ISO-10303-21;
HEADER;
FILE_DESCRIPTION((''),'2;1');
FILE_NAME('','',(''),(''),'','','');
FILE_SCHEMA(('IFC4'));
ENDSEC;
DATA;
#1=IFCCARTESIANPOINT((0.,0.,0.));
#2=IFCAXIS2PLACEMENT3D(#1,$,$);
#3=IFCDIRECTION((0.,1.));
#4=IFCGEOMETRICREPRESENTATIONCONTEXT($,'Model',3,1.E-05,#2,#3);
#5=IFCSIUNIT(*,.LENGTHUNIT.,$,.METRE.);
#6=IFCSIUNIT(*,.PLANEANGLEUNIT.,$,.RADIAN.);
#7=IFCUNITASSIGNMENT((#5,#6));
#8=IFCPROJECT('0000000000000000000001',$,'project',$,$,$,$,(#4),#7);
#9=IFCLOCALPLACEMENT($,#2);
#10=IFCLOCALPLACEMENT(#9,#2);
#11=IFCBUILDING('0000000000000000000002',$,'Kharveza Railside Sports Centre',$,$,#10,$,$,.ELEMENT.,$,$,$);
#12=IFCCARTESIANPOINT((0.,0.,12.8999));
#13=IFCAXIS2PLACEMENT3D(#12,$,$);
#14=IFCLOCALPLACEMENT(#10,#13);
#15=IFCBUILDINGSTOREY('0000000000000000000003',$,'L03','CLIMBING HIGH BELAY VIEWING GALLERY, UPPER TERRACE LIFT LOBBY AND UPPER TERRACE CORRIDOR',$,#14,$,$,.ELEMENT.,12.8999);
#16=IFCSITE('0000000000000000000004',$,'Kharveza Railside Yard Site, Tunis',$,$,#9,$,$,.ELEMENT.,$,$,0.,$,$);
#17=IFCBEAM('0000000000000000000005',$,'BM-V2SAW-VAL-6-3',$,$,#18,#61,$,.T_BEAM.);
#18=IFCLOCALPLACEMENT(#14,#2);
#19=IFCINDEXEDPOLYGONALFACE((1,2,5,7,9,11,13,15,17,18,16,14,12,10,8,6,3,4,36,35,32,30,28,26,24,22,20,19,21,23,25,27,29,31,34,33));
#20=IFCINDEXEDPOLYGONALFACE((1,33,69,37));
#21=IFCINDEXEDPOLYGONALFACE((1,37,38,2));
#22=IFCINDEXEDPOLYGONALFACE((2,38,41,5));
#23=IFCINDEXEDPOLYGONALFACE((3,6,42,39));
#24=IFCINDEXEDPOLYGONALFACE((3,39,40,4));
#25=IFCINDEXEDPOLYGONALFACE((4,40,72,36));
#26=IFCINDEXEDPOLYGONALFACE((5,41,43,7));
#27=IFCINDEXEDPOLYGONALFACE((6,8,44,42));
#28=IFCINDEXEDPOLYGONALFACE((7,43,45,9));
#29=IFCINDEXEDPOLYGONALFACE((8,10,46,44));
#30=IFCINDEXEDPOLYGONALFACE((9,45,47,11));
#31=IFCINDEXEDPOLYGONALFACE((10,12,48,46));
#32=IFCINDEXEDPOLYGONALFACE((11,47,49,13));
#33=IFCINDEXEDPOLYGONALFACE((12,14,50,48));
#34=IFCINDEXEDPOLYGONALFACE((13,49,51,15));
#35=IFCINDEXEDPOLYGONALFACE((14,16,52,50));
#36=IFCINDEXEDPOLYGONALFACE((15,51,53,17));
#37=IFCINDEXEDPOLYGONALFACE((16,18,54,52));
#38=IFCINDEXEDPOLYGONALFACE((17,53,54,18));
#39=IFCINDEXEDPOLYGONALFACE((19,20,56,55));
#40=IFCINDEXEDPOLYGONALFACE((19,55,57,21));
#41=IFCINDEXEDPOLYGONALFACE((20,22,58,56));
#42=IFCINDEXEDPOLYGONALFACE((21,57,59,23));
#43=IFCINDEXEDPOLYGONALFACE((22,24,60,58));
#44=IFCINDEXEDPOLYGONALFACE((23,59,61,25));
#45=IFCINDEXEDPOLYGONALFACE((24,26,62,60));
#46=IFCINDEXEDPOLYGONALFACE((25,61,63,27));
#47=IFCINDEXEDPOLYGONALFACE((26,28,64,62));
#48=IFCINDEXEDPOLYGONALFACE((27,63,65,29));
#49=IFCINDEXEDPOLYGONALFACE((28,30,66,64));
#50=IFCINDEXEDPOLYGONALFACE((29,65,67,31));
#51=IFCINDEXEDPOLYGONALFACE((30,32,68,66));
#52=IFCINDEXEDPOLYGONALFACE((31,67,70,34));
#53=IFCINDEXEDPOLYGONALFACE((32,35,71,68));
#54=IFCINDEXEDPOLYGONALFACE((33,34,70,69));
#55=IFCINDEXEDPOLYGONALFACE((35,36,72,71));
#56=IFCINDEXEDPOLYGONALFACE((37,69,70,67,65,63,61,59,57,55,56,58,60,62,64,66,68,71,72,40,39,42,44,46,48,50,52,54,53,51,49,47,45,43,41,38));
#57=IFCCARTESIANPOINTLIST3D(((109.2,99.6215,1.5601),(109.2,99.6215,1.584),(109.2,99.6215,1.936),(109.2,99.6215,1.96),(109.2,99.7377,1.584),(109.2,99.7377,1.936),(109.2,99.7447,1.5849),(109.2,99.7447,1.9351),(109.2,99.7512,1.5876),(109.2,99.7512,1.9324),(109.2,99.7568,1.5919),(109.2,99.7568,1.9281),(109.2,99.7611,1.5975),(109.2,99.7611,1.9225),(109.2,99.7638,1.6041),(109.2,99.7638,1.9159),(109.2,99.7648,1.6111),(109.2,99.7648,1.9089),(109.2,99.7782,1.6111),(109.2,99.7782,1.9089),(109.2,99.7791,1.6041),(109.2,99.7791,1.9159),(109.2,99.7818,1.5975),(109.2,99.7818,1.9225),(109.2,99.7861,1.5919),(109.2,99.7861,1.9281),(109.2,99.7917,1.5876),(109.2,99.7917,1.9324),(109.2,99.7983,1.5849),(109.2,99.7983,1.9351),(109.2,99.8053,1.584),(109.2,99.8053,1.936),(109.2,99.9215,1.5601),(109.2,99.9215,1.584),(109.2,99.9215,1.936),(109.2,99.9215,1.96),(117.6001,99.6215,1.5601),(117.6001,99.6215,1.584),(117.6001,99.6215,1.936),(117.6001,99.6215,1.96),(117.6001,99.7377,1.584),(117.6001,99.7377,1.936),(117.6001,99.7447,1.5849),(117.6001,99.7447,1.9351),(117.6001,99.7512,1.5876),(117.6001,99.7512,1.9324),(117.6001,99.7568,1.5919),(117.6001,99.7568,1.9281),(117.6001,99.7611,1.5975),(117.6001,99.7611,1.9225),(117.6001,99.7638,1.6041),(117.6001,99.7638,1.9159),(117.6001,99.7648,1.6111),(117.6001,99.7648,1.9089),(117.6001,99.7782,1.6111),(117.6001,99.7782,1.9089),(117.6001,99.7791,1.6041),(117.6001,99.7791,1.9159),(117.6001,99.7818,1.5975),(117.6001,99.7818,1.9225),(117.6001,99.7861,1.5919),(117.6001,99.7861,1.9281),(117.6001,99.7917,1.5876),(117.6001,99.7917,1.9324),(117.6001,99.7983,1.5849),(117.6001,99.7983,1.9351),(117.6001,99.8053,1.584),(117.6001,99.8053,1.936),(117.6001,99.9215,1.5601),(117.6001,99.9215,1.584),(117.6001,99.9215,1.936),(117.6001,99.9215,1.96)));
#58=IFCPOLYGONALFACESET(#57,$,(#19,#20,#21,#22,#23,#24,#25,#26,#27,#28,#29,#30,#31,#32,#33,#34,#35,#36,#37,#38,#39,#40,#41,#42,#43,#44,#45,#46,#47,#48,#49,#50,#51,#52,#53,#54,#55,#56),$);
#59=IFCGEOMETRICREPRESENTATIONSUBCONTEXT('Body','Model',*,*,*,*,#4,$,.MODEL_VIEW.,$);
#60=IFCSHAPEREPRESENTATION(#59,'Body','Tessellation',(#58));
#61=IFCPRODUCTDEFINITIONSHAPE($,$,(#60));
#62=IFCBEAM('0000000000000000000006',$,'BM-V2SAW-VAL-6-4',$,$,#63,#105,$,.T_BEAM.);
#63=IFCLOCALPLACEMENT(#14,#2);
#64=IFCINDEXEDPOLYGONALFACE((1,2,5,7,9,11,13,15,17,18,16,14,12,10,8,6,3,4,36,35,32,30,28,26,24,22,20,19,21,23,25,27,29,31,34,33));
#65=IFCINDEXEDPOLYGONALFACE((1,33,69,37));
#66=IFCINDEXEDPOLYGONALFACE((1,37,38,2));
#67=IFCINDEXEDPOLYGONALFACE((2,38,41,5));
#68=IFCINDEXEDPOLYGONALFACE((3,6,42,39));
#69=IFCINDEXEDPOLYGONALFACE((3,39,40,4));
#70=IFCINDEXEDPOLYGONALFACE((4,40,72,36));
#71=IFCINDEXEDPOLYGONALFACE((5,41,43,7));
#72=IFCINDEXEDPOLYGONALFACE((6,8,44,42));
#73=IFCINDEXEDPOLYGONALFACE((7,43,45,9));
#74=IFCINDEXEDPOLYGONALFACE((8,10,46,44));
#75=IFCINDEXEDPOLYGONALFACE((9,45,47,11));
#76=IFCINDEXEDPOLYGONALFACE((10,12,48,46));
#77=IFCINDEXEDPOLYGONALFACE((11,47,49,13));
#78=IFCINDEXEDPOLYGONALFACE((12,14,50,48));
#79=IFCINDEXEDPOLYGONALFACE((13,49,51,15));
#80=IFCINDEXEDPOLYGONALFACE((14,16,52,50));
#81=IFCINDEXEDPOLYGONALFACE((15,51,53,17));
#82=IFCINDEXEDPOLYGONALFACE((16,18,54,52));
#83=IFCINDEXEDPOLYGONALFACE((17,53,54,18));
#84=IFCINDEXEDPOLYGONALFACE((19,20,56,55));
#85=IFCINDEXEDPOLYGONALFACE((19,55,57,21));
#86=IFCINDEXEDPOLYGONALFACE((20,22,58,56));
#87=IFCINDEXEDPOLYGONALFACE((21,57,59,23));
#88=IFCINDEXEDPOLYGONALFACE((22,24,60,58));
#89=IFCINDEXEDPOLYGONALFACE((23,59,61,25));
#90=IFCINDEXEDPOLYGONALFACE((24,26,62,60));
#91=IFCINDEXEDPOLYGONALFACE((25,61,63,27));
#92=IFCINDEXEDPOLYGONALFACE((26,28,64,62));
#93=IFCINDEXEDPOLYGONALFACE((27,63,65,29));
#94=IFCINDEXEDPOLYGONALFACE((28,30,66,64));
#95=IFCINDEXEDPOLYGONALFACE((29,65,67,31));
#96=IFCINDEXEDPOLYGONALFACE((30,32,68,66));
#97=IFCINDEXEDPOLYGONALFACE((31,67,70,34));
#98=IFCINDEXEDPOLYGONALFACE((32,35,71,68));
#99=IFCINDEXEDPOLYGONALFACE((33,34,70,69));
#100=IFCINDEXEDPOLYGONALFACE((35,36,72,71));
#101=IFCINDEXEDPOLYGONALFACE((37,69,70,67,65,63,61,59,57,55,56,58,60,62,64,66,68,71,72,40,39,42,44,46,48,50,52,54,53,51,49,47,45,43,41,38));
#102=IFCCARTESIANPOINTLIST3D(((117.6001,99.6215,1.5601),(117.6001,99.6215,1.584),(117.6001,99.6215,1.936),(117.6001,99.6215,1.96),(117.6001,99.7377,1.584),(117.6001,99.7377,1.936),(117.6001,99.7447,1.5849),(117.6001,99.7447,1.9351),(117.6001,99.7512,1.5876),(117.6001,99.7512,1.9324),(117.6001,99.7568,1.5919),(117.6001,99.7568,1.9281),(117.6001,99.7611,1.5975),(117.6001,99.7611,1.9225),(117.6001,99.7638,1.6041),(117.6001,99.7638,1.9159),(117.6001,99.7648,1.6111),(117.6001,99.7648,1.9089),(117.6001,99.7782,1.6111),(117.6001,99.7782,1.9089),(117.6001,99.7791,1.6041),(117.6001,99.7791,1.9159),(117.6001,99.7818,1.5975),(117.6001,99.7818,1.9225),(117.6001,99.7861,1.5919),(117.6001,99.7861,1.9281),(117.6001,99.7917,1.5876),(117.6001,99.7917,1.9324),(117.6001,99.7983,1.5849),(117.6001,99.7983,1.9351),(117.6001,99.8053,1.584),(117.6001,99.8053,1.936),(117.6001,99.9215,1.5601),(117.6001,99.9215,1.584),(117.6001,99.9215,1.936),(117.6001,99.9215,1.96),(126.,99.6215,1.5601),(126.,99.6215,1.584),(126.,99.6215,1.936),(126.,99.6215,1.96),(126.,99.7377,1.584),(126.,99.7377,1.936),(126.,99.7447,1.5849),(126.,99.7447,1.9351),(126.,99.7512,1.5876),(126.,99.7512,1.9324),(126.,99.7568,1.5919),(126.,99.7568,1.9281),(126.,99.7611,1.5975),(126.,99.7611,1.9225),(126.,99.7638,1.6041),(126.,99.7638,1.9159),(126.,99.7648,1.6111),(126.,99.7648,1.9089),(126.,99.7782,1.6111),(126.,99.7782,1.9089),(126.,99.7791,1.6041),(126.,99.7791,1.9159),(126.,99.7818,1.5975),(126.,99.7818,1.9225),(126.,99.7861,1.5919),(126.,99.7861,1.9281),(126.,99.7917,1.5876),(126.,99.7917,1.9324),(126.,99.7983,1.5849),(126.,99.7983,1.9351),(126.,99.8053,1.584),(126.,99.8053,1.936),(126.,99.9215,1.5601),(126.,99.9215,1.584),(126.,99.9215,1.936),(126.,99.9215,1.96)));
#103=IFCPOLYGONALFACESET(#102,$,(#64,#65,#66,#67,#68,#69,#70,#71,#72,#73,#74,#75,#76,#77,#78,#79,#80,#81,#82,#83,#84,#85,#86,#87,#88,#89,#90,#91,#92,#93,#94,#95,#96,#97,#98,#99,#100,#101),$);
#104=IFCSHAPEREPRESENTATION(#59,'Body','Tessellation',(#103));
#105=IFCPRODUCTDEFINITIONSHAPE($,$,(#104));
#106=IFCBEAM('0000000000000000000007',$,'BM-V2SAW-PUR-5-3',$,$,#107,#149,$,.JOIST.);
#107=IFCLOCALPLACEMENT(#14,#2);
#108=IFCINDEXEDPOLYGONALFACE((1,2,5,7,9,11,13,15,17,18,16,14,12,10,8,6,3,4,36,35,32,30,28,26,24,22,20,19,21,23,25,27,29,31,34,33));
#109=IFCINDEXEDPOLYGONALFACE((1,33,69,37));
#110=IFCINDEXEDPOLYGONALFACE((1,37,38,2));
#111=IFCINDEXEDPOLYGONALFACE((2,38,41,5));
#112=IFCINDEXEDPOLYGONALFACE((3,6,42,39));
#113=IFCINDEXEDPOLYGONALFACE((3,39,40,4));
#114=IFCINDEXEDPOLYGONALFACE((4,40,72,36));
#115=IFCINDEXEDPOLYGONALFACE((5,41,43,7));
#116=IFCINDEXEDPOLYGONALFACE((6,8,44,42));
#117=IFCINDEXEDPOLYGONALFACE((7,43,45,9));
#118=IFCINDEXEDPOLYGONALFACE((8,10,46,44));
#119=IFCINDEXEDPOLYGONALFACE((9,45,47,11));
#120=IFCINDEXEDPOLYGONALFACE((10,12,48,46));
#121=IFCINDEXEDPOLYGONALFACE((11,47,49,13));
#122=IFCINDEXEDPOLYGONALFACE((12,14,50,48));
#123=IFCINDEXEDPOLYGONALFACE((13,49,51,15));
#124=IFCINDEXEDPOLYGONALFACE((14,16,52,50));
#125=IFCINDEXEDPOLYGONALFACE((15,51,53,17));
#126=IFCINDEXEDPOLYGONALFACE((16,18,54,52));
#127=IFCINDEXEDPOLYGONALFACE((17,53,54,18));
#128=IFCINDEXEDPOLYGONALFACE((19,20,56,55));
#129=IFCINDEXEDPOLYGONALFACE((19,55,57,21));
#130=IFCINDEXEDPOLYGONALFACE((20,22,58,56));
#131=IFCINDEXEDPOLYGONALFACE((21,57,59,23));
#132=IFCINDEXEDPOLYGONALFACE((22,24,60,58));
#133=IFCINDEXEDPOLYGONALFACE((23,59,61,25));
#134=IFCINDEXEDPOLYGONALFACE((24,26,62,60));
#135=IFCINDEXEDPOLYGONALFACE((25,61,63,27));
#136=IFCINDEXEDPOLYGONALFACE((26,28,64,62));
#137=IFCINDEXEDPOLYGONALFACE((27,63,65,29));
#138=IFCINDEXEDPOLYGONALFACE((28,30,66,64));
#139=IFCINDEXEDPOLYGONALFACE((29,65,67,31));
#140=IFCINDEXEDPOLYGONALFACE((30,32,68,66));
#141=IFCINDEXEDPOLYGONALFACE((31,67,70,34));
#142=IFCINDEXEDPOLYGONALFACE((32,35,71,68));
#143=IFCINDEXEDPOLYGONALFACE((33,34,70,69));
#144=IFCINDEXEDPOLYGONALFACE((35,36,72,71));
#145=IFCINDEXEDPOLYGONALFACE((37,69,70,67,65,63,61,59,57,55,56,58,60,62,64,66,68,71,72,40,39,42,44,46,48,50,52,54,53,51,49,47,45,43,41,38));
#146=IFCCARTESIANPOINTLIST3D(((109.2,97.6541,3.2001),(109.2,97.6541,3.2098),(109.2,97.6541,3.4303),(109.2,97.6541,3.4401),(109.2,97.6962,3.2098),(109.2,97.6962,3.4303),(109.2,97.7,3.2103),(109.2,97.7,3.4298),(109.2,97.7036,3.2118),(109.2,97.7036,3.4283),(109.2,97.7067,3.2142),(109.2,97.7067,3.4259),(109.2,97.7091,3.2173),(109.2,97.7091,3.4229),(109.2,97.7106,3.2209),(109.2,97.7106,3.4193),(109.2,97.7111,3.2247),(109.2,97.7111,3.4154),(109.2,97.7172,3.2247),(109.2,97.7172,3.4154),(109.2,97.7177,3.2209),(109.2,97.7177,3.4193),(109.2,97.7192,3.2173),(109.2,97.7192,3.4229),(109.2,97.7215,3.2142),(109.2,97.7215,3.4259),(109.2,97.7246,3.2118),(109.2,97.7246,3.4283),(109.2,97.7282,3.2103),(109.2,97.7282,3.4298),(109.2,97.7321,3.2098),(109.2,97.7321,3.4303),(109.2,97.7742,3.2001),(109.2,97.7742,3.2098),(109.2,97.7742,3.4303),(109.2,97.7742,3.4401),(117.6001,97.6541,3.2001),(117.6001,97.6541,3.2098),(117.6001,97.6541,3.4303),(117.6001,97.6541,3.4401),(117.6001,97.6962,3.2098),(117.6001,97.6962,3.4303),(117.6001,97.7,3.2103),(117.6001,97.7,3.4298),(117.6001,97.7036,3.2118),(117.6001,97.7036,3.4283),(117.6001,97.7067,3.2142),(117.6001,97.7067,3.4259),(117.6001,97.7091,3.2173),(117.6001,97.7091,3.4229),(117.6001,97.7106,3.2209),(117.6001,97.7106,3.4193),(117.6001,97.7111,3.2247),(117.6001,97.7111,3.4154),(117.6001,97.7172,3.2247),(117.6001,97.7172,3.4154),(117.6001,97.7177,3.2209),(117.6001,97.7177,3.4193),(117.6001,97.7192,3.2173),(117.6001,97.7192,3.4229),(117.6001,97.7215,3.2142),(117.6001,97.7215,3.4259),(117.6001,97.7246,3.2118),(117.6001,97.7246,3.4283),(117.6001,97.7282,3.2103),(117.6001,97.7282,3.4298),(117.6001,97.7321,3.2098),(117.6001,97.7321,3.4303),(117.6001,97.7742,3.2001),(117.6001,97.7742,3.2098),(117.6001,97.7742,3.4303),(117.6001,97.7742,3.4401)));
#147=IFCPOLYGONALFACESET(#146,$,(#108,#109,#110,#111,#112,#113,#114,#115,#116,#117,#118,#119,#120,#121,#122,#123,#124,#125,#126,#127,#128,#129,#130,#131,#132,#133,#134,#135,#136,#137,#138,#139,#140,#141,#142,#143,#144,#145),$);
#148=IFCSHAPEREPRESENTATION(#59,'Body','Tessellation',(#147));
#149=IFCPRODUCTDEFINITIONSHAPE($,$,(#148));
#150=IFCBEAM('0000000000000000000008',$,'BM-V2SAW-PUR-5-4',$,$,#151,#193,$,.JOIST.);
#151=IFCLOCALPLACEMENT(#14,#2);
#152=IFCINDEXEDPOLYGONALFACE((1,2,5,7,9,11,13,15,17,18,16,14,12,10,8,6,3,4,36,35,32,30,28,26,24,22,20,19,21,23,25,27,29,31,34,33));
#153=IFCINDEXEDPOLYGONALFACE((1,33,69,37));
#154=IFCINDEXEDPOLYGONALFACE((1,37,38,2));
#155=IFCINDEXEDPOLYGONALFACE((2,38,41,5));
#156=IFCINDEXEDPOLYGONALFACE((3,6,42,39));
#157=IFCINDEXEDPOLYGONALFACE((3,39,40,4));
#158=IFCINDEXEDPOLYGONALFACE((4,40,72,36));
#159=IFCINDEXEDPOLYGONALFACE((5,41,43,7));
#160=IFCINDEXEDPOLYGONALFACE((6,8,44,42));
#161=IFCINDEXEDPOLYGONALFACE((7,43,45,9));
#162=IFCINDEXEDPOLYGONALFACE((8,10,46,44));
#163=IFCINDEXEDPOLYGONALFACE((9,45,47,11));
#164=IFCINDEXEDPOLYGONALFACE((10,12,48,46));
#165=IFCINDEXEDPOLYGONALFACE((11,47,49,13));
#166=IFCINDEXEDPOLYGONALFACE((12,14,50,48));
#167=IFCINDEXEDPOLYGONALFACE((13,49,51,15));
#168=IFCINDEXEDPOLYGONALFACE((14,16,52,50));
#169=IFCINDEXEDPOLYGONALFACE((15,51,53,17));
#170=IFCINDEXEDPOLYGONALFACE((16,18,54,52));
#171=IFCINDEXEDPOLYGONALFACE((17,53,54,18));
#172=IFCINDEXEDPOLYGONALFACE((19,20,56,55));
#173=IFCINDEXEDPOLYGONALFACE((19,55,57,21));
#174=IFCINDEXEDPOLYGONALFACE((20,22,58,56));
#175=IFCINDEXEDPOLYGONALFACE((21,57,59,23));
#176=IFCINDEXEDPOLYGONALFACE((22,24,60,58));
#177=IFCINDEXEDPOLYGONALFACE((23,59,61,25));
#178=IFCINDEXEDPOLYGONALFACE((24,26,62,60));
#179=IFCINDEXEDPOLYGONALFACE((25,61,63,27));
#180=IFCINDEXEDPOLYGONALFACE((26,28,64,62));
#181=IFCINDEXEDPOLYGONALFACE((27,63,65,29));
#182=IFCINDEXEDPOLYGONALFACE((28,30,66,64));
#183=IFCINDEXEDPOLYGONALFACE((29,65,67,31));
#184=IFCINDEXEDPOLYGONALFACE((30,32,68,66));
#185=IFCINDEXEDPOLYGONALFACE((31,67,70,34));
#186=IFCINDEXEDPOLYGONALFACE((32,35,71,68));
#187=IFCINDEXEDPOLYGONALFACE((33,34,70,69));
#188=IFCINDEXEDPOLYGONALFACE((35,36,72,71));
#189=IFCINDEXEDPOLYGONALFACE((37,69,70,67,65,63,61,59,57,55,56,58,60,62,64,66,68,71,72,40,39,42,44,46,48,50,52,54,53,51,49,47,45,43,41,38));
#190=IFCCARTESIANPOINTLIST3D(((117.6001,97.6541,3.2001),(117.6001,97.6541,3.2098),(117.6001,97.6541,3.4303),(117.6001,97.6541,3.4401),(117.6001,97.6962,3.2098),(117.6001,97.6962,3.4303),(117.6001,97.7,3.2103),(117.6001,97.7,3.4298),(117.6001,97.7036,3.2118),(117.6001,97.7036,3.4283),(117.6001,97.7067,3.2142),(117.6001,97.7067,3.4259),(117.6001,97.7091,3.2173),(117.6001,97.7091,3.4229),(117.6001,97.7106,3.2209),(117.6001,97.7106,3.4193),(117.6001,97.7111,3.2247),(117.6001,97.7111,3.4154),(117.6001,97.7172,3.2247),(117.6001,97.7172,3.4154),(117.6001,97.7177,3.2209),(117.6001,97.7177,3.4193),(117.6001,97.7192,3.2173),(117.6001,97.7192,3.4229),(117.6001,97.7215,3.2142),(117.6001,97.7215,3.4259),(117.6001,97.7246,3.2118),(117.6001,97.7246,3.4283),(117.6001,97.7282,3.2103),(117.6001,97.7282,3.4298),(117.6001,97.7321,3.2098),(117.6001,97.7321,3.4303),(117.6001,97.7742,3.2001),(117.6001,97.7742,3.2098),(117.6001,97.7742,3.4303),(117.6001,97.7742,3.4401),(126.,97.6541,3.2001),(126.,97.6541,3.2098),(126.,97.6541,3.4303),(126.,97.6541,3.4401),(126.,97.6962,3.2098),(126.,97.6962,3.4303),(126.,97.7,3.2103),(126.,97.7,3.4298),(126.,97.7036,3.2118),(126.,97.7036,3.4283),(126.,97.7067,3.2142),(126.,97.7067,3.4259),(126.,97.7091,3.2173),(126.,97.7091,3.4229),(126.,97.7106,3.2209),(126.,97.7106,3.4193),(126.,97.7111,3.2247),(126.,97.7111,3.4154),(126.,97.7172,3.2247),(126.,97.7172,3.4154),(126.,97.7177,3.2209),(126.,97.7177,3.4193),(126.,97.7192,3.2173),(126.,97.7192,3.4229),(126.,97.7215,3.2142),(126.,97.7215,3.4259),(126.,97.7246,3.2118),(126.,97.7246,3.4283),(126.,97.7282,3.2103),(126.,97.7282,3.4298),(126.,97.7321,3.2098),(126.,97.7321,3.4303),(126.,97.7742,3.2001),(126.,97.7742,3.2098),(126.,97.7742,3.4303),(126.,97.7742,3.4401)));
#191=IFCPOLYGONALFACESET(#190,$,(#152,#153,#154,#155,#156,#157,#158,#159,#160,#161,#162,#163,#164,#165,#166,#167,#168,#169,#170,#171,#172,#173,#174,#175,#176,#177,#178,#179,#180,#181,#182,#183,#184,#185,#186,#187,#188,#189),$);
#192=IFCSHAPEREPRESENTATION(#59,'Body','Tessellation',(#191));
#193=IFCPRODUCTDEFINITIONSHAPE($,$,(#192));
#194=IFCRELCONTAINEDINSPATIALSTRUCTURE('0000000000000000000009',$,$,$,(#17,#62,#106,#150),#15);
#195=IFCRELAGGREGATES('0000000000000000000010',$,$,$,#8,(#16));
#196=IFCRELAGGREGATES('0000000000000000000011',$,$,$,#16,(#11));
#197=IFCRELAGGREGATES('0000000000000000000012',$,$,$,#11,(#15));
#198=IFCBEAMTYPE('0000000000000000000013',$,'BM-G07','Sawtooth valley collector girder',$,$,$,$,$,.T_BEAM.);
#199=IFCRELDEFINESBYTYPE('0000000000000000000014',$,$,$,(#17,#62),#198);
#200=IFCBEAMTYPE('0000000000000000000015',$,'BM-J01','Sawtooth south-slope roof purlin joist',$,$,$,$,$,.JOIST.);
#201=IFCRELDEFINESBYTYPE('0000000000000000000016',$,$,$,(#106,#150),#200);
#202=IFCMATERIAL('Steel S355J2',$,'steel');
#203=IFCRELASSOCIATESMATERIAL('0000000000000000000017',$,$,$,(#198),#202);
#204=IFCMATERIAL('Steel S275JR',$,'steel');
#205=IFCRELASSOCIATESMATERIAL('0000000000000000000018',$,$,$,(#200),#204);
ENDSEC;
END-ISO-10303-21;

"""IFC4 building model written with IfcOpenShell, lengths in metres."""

from ifc_helpers import new_model, si_unit, direction, frame, origin, origin_2d, place, context, subcontext, project, spatial, i_section, extrude, material, material_profile, profile_set, type_object, element, save


model = new_model("IFC4")

# Units and contexts
model_context = context("Model", 3, precision=1e-05, world=origin(), true_north=direction((0.0, 1.0)))
body_context = subcontext(model_context, "Body", "Model", "MODEL_VIEW")
ifc_project = project(units=[si_unit("LENGTHUNIT", "METRE"), si_unit("PLANEANGLEUNIT", "RADIAN")], contexts=[model_context])

# Site, building, storey
site_placement = place(None, origin())
site = spatial("IfcSite", under=ifc_project, at=site_placement, Name="Kharveza Railside Yard Site, Tunis", CompositionType="ELEMENT", RefElevation=0.0)
building_placement = place(site_placement, origin())
building = spatial("IfcBuilding", under=site, at=building_placement, Name="Kharveza Railside Sports Centre", CompositionType="ELEMENT")
storey_placement = place(building_placement, frame((0.0, 0.0, 12.8999)))
storey = spatial("IfcBuildingStorey", under=building, at=storey_placement, Name="L03", Description="CLIMBING HIGH BELAY VIEWING GALLERY, UPPER TERRACE LIFT LOBBY AND UPPER TERRACE CORRIDOR", CompositionType="ELEMENT", Elevation=12.8999)

# Beams
ifc_material_1 = material(Name="Steel S355J2", Category="steel")
ifc_material_profile_1 = material_profile(ifc_material_1, i_section(OverallWidth=0.3, OverallDepth=0.3999, WebThickness=0.0134, FlangeThickness=0.0239, FilletRadius=0.0271, at=origin_2d()), Name="HEB 400")
ifc_profile_set_1 = profile_set([ifc_material_profile_1], Name="Steel S355J2")
beam_type_1 = type_object("IfcBeamType", Name="BM-G07", Description="Sawtooth valley collector girder", PredefinedType="T_BEAM", material=ifc_profile_set_1)
beam_1_placement = place(storey_placement, frame((109.2, 99.7715, 1.76), z_axis=(1.0, 0.0, 0.0), x_axis=(0.0, 1.0, 0.0)))
element("IfcBeam", 1, at=beam_1_placement, inside=storey, type_object=beam_type_1, Name="BM-V2SAW-VAL-6-3", PredefinedType="T_BEAM", context=body_context, shape_type="SweptSolid", body=[
    extrude(i_section(OverallWidth=0.3, OverallDepth=0.3999, WebThickness=0.0134, FlangeThickness=0.0239, FilletRadius=0.0271, at=origin_2d()), origin(), (0.0, 0.0, 1.0), 8.4001),
])
beam_2_placement = place(storey_placement, frame((117.6001, 99.7715, 1.76), z_axis=(1.0, 0.0, 0.0), x_axis=(0.0, 1.0, 0.0)))
element("IfcBeam", 2, at=beam_2_placement, inside=storey, type_object=beam_type_1, Name="BM-V2SAW-VAL-6-4", PredefinedType="T_BEAM", context=body_context, shape_type="SweptSolid", body=[
    extrude(i_section(OverallWidth=0.3, OverallDepth=0.3999, WebThickness=0.0134, FlangeThickness=0.0239, FilletRadius=0.0271, at=origin_2d()), origin(), (0.0, 0.0, 1.0), 8.3999),
])
ifc_material_2 = material(Name="Steel S275JR", Category="steel")
ifc_material_profile_2 = material_profile(ifc_material_2, i_section(OverallWidth=0.1201, OverallDepth=0.24, WebThickness=0.0061, FlangeThickness=0.0098, FilletRadius=0.0149, at=origin_2d()), Name="IPE 240")
ifc_profile_set_2 = profile_set([ifc_material_profile_2], Name="Steel S275JR")
beam_type_2 = type_object("IfcBeamType", Name="BM-J01", Description="Sawtooth south-slope roof purlin joist", PredefinedType="JOIST", material=ifc_profile_set_2)
beam_3_placement = place(storey_placement, frame((109.2, 97.7141, 3.3201), z_axis=(1.0, 0.0, 0.0), x_axis=(0.0, 1.0, 0.0)))
element("IfcBeam", 3, at=beam_3_placement, inside=storey, type_object=beam_type_2, Name="BM-V2SAW-PUR-5-3", PredefinedType="JOIST", context=body_context, shape_type="SweptSolid", body=[
    extrude(i_section(OverallWidth=0.1201, OverallDepth=0.24, WebThickness=0.0061, FlangeThickness=0.0098, FilletRadius=0.0149, at=origin_2d()), origin(), (0.0, 0.0, 1.0), 8.4001),
])
beam_4_placement = place(storey_placement, frame((117.6001, 97.7141, 3.3201), z_axis=(1.0, 0.0, 0.0), x_axis=(0.0, 1.0, 0.0)))
element("IfcBeam", 4, at=beam_4_placement, inside=storey, type_object=beam_type_2, Name="BM-V2SAW-PUR-5-4", PredefinedType="JOIST", context=body_context, shape_type="SweptSolid", body=[
    extrude(i_section(OverallWidth=0.1201, OverallDepth=0.24, WebThickness=0.0061, FlangeThickness=0.0098, FilletRadius=0.0149, at=origin_2d()), origin(), (0.0, 0.0, 1.0), 8.3999),
])

save(model, "model.ifc")
